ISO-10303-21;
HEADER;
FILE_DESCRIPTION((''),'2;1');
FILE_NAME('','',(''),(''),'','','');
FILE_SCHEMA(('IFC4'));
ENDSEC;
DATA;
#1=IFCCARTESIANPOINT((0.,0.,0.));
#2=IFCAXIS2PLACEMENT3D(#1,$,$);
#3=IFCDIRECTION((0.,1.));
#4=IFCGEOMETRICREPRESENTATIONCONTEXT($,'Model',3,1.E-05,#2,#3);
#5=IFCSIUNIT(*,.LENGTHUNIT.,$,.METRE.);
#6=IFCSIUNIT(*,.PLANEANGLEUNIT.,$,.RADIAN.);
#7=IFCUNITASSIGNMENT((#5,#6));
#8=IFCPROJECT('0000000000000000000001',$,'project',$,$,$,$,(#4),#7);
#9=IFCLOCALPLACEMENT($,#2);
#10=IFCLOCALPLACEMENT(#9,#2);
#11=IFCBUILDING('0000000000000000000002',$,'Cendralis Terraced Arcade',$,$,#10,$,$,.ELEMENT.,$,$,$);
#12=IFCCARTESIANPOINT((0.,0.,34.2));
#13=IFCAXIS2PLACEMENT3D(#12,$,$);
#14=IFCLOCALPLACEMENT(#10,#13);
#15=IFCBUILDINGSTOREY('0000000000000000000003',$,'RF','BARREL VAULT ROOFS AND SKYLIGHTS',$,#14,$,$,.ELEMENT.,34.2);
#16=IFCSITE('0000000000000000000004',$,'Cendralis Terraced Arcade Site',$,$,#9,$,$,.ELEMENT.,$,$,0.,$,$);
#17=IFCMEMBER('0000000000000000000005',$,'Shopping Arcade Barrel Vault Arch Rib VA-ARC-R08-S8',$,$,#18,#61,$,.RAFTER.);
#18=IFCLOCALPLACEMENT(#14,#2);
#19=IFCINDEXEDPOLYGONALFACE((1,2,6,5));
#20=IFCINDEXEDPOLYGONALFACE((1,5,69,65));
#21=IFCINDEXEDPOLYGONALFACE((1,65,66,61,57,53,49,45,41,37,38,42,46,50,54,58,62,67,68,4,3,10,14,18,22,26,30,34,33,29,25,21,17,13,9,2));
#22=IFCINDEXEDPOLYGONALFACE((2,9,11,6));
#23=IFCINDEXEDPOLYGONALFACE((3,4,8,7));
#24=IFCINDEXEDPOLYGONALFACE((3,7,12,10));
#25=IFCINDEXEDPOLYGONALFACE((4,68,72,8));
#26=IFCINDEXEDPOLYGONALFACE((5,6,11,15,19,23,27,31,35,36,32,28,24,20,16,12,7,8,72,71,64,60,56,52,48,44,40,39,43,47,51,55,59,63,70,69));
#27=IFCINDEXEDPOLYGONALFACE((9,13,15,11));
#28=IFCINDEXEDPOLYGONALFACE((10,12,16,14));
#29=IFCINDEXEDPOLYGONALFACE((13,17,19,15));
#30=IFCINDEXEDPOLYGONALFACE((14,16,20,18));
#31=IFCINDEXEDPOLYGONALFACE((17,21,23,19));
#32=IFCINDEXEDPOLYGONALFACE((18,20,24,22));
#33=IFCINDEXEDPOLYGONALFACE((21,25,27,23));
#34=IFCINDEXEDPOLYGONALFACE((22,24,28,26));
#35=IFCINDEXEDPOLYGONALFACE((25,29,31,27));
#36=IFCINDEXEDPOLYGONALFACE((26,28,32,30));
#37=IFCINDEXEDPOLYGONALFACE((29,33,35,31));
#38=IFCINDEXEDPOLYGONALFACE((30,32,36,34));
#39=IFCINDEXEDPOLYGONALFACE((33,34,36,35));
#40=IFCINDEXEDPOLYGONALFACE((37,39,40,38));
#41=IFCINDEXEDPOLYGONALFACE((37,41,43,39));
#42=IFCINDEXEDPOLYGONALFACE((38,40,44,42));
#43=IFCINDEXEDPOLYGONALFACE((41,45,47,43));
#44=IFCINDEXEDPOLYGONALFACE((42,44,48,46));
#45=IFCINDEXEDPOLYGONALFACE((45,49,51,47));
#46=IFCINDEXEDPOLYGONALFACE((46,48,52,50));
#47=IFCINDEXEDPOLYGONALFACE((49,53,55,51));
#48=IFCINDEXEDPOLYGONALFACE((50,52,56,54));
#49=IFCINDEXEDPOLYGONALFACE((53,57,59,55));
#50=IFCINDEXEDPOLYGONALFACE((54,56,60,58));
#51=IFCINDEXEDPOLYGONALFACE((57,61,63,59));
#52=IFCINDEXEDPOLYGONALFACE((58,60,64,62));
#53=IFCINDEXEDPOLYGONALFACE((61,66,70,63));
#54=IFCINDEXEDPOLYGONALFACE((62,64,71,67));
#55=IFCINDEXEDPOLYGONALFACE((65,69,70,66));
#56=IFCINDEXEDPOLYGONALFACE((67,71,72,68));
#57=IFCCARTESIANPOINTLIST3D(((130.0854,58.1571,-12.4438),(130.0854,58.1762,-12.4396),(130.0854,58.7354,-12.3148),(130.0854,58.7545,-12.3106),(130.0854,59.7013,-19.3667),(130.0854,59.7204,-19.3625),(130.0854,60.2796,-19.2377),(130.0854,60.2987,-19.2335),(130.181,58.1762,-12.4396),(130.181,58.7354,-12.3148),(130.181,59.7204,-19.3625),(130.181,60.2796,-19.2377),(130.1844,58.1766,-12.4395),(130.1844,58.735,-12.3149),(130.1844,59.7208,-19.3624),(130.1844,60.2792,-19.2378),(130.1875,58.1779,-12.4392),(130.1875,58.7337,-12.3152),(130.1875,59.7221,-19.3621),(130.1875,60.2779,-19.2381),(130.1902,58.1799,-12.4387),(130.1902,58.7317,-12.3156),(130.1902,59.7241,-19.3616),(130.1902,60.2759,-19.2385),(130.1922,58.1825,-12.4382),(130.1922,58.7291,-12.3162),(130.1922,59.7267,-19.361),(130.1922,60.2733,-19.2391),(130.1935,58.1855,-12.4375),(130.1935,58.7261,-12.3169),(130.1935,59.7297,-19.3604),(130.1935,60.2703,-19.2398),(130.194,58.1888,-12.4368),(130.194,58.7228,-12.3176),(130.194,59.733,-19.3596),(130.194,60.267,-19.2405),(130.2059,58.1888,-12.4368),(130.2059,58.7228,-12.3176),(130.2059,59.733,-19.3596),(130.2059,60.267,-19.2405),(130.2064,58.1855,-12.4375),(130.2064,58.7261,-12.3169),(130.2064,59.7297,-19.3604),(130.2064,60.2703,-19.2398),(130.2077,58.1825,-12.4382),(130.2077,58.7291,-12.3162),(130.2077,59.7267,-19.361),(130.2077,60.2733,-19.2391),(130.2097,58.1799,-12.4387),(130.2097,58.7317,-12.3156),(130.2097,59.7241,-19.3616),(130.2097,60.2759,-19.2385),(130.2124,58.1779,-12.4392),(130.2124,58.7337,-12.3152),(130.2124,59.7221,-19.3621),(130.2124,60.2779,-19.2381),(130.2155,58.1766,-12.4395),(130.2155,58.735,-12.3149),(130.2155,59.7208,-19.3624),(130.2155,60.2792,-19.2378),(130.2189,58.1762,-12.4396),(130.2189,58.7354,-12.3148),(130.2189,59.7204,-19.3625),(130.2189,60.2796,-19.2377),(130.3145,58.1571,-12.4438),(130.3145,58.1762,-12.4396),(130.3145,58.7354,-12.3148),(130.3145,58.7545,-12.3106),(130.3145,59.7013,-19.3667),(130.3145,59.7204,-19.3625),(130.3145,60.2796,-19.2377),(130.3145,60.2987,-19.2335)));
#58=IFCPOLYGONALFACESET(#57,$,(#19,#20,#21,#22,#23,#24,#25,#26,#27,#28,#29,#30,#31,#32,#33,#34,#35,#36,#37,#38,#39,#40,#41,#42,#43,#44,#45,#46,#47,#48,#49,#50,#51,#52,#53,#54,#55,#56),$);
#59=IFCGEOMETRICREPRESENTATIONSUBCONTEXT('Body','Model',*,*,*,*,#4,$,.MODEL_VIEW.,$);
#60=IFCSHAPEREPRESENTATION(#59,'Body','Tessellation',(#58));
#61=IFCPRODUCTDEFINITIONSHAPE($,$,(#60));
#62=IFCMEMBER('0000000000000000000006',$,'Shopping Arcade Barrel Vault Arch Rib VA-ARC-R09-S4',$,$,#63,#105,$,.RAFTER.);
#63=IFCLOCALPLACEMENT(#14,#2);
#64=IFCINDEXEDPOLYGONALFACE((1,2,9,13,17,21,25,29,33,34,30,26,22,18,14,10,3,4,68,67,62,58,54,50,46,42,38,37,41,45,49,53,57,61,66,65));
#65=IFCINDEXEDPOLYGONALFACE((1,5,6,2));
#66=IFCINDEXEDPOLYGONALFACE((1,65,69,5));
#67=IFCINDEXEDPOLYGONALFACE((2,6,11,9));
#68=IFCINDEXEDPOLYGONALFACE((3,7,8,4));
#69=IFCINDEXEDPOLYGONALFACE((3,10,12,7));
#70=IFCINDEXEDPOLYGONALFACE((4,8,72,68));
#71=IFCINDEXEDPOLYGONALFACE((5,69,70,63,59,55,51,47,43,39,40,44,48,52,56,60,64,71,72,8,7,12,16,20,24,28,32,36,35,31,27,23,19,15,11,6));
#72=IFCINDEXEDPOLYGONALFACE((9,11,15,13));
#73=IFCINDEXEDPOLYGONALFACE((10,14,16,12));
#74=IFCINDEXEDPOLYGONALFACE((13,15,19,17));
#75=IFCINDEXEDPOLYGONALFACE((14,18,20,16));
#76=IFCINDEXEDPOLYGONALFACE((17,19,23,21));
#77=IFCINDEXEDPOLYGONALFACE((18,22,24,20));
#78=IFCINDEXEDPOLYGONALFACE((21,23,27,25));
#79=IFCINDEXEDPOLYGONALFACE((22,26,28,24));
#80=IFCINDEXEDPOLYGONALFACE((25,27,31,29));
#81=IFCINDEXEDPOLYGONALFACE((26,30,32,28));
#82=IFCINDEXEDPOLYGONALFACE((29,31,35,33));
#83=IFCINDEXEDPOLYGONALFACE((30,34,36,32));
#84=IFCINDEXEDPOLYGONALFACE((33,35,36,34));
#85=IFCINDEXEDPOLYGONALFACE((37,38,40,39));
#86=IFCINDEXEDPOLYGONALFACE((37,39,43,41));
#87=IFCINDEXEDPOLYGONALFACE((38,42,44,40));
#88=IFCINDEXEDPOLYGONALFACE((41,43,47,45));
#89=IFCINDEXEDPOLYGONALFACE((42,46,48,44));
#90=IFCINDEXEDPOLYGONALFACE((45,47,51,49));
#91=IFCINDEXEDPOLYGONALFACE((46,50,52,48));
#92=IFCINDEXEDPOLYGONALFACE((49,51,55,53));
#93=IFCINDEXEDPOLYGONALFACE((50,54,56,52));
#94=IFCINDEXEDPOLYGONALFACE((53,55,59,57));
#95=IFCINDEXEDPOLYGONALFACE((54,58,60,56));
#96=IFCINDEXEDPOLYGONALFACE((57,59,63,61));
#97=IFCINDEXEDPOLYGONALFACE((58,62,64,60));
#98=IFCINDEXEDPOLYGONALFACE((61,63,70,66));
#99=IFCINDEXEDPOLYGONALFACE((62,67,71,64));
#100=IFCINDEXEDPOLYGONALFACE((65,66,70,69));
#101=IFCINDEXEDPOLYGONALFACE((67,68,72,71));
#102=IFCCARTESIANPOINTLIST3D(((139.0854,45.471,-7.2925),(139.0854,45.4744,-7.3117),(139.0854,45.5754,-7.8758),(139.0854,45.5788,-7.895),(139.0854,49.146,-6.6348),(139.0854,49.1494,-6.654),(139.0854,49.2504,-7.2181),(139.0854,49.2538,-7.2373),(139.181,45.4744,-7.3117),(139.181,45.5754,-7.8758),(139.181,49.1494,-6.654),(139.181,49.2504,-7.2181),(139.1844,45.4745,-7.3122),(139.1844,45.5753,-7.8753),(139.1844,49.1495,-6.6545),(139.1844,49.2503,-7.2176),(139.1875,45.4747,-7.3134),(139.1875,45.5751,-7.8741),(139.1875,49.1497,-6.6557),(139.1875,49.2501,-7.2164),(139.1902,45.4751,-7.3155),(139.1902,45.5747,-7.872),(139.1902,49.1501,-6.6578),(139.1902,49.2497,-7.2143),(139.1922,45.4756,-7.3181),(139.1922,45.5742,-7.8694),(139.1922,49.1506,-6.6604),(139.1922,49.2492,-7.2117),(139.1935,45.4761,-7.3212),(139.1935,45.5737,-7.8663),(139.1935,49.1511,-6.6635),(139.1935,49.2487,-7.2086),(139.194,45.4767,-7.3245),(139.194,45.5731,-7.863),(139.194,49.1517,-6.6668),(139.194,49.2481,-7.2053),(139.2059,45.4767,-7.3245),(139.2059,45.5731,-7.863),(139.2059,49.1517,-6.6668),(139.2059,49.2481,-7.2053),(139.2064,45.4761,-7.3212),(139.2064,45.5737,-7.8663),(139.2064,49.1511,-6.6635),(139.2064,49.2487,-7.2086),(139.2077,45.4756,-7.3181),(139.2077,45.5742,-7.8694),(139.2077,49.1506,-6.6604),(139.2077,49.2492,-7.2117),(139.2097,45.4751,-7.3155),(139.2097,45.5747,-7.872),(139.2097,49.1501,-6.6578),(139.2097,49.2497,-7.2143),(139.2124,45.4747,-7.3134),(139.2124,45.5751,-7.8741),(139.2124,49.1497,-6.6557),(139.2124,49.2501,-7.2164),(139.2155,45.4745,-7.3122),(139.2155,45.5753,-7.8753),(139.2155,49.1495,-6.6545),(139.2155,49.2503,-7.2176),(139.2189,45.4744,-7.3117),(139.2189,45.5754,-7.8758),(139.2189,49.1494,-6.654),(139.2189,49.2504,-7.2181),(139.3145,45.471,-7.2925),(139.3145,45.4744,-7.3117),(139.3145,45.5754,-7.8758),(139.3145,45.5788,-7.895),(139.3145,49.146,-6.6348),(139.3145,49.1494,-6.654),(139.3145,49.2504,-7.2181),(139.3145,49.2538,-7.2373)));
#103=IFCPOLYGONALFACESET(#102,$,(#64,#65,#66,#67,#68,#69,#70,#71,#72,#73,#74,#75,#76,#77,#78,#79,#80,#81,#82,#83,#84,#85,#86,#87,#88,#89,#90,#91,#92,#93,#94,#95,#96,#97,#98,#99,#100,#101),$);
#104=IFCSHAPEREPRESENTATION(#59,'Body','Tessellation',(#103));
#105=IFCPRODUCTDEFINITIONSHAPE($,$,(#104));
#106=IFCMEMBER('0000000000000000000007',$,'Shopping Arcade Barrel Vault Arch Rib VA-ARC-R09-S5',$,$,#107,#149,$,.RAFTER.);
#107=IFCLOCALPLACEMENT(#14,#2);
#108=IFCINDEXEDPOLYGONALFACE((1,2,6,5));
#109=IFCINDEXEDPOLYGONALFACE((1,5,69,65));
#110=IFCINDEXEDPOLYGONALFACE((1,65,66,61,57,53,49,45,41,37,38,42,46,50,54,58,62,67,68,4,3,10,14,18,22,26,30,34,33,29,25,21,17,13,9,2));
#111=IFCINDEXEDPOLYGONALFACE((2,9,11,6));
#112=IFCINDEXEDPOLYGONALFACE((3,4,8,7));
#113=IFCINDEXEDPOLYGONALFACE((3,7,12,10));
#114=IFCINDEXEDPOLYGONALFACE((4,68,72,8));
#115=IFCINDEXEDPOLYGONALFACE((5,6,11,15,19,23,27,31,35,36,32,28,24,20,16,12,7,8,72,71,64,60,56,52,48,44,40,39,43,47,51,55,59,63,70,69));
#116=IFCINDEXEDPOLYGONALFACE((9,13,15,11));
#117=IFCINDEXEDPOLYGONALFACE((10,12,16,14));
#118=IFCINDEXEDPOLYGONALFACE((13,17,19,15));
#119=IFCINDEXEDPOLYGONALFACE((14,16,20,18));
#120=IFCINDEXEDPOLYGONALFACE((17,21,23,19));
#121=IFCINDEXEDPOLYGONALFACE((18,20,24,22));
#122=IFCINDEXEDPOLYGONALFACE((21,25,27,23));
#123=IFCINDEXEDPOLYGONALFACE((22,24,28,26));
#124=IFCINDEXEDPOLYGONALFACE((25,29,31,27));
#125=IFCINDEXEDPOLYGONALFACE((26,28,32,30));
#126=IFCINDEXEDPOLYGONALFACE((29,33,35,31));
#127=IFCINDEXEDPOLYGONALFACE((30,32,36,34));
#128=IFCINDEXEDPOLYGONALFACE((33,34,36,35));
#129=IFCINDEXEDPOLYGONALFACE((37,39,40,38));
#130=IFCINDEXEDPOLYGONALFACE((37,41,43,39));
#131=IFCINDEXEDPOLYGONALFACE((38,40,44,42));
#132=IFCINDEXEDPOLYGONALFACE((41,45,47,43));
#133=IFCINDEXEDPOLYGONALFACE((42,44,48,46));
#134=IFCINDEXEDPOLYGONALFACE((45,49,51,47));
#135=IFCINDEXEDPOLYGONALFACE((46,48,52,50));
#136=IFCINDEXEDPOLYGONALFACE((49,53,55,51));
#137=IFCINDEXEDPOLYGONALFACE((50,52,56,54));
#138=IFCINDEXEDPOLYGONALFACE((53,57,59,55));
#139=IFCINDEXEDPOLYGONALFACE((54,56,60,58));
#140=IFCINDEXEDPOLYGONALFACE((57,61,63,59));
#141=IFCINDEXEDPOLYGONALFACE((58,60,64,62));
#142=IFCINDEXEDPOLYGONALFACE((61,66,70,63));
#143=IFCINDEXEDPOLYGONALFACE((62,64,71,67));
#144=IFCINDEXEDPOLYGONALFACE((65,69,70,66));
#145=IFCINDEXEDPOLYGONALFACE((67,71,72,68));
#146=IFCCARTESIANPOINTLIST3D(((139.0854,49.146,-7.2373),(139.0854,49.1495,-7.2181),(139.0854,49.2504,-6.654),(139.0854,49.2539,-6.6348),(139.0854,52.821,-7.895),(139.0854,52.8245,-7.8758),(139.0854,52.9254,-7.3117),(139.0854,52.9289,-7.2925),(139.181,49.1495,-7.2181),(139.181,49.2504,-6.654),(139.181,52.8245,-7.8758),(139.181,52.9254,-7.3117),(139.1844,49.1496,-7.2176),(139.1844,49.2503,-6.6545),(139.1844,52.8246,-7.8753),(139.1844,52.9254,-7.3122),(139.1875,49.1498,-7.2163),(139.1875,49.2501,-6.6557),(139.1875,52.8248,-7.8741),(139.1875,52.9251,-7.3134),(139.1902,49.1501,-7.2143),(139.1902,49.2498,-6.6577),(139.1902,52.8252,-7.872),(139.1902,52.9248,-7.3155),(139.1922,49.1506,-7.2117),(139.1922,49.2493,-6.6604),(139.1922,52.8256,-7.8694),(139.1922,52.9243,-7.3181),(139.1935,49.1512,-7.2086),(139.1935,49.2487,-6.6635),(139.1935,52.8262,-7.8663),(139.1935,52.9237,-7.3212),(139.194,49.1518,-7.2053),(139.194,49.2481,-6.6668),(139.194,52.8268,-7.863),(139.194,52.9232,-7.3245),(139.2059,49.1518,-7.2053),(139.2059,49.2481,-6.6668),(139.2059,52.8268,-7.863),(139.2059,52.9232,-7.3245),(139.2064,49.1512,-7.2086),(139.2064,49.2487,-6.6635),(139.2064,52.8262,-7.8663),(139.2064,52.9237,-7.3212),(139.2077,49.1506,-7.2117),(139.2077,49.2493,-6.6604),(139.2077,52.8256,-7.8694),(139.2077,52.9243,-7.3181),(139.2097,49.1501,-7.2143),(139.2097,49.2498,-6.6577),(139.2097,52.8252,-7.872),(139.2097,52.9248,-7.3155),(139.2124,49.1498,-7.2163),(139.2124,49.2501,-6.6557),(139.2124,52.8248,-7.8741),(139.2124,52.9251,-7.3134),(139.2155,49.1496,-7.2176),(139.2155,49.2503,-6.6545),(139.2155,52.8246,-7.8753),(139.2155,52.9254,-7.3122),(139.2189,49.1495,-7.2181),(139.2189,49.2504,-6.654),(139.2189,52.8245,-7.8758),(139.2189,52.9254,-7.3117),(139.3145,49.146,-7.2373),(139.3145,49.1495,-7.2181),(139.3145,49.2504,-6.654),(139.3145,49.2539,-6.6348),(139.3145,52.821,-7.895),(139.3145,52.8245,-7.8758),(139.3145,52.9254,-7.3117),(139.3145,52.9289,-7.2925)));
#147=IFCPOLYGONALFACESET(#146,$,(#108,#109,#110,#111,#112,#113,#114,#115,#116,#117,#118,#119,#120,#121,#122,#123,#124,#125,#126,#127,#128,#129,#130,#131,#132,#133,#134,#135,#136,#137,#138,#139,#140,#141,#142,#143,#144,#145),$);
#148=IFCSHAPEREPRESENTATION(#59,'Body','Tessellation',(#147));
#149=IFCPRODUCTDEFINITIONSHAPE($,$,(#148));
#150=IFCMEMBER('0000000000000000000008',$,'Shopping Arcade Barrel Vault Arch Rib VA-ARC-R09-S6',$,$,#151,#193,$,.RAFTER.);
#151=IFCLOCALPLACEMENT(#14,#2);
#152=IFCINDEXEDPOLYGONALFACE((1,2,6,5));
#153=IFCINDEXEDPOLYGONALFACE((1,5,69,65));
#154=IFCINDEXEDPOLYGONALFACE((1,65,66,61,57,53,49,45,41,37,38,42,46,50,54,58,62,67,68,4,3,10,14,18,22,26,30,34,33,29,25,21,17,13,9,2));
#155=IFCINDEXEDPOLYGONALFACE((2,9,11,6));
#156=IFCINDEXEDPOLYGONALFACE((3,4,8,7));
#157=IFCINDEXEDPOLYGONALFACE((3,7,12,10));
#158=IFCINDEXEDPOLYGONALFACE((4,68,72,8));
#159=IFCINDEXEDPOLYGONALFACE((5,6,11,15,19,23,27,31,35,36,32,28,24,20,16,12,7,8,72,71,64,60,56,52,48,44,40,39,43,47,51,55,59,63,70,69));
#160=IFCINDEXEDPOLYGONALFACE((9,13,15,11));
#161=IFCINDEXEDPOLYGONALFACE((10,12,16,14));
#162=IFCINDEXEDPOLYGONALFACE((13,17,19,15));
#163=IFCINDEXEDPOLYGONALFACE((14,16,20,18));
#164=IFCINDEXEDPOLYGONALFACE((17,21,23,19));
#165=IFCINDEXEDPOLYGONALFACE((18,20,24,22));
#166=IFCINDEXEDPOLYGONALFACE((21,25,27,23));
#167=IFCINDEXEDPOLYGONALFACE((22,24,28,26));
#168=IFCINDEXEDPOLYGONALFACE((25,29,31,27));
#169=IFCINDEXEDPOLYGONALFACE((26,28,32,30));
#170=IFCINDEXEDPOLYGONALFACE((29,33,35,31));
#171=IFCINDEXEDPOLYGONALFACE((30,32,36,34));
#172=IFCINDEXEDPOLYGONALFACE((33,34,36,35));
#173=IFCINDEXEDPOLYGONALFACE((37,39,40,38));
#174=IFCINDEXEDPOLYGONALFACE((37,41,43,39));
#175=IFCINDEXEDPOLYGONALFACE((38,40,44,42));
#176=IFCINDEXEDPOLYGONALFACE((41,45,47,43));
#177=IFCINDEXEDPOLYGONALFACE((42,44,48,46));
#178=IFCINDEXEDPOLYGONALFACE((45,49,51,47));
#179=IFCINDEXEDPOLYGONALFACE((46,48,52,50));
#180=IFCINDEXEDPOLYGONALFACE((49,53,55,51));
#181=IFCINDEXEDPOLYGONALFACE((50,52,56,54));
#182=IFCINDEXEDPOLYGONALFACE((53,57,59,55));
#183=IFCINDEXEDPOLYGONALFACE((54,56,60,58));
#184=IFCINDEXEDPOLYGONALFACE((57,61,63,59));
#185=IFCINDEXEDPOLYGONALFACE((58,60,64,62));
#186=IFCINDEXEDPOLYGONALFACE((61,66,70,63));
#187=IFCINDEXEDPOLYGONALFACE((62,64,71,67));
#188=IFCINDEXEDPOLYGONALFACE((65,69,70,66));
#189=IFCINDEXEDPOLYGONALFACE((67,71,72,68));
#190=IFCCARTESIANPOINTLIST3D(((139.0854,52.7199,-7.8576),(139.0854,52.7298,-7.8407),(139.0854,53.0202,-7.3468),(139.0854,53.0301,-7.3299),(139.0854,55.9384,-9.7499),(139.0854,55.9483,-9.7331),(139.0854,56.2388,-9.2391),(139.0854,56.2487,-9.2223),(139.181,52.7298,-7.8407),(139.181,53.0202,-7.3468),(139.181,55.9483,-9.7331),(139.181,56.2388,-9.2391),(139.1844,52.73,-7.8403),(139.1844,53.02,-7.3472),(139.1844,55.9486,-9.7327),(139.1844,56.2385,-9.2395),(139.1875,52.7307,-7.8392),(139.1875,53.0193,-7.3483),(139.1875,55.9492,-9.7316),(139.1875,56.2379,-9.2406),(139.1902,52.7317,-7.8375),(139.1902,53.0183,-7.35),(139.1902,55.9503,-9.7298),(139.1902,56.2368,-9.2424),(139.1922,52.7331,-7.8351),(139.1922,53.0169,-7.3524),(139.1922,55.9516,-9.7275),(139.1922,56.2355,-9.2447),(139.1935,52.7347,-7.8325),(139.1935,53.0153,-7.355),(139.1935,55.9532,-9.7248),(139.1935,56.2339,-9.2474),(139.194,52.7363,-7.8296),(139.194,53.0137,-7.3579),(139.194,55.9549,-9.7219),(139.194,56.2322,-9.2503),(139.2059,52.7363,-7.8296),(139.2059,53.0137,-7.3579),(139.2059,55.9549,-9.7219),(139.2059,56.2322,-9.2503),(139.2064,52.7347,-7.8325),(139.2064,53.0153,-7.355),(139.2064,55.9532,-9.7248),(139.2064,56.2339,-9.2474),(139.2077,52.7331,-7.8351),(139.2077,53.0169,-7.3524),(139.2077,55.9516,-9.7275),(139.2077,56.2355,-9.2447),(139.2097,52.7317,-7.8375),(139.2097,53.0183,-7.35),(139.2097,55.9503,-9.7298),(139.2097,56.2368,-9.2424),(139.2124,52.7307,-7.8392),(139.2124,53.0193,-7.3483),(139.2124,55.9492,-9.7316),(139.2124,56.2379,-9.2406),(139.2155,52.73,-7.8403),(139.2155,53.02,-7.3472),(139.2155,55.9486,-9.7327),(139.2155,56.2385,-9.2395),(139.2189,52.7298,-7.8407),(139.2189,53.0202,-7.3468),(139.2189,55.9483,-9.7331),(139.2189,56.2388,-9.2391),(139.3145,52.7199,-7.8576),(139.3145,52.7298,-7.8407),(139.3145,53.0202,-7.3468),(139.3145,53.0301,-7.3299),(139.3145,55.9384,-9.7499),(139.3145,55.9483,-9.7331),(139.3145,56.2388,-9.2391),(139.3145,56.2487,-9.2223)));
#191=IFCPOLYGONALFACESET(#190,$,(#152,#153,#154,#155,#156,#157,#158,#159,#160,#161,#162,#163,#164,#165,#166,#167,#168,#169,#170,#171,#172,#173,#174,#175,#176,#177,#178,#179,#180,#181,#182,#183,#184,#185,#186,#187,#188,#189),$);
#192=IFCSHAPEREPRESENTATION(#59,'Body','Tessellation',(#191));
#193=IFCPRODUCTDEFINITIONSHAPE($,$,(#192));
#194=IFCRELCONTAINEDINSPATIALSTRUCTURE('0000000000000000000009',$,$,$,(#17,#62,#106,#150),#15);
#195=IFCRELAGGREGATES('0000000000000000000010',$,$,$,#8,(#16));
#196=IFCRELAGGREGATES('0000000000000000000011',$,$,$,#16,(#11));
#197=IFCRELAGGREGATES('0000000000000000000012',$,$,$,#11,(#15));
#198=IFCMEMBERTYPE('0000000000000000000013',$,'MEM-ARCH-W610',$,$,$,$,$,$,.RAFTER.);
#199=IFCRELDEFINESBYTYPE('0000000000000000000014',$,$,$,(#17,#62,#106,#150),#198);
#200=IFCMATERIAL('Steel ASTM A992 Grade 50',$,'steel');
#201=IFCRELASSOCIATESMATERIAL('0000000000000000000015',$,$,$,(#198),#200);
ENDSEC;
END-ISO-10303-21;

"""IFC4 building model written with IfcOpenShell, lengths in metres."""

from ifc_helpers import new_model, si_unit, direction, frame, origin, origin_2d, place, context, subcontext, project, spatial, i_section, extrude, material, material_profile, profile_set, type_object, element, save


model = new_model("IFC4")

# Units and contexts
model_context = context("Model", 3, precision=1e-05, world=origin(), true_north=direction((0.0, 1.0)))
body_context = subcontext(model_context, "Body", "Model", "MODEL_VIEW")
ifc_project = project(units=[si_unit("LENGTHUNIT", "METRE"), si_unit("PLANEANGLEUNIT", "RADIAN")], contexts=[model_context])

# Site, building, storey
site_placement = place(None, origin())
site = spatial("IfcSite", under=ifc_project, at=site_placement, Name="Cendralis Terraced Arcade Site", CompositionType="ELEMENT", RefElevation=0.0)
building_placement = place(site_placement, origin())
building = spatial("IfcBuilding", under=site, at=building_placement, Name="Cendralis Terraced Arcade", CompositionType="ELEMENT")
storey_placement = place(building_placement, frame((0.0, 0.0, 34.2)))
storey = spatial("IfcBuildingStorey", under=building, at=storey_placement, Name="RF", Description="BARREL VAULT ROOFS AND SKYLIGHTS", CompositionType="ELEMENT", Elevation=34.2)

# Members
ifc_material_1 = material(Name="Steel ASTM A992 Grade 50", Category="steel")
ifc_material_profile_1 = material_profile(ifc_material_1, i_section(OverallWidth=0.229, OverallDepth=0.6121, WebThickness=0.012, FlangeThickness=0.0195, FilletRadius=0.0129, at=origin_2d()), Name="W610X125", Category="LoadBearing")
ifc_profile_set_1 = profile_set([ifc_material_profile_1], Name="Steel ASTM A992 Grade 50")
member_type_1 = type_object("IfcMemberType", Name="MEM-ARCH-W610", PredefinedType="RAFTER", material=ifc_profile_set_1)
member_1_placement = place(storey_placement, frame((130.2, 58.4558, -12.3772), z_axis=(0.0, 0.217707, -0.976014), x_axis=(-1.0, 0.0, 0.0)))
element("IfcMember", 1, at=member_1_placement, inside=storey, type_object=member_type_1, Name="Shopping Arcade Barrel Vault Arch Rib VA-ARC-R08-S8", PredefinedType="RAFTER", context=body_context, shape_type="SweptSolid", body=[
    extrude(i_section(OverallWidth=0.229, OverallDepth=0.6121, WebThickness=0.012, FlangeThickness=0.0195, FilletRadius=0.0129, at=origin_2d()), origin(), (0.0, 0.0, 1.0), 7.093),
])
for number, where, z_axis, x_axis, name in (
    (2, (139.2, 45.5249, -7.5938), (0.0, 0.98436, 0.176169), (-1.0, 0.0, 0.0), "Shopping Arcade Barrel Vault Arch Rib VA-ARC-R09-S4"),
    (3, (139.2, 49.2, -6.936), (0.0, 0.98436, -0.176169), (-1.0, 0.0, 0.0), "Shopping Arcade Barrel Vault Arch Rib VA-ARC-R09-S5"),
):
    element("IfcMember", number, at=place(storey_placement, frame(where, z_axis=z_axis, x_axis=x_axis)), inside=storey, type_object=member_type_1, Name=name, PredefinedType="RAFTER", context=body_context, shape_type="SweptSolid", body=[
        extrude(i_section(OverallWidth=0.229, OverallDepth=0.6121, WebThickness=0.012, FlangeThickness=0.0195, FilletRadius=0.0129, at=origin_2d()), origin(), (0.0, 0.0, 1.0), 3.7334),
    ])
member_2_placement = place(storey_placement, frame((139.2, 52.875, -7.5938), z_axis=(0.0, 0.86204, -0.50684), x_axis=(-1.0, 0.0, 0.0)))
element("IfcMember", 4, at=member_2_placement, inside=storey, type_object=member_type_1, Name="Shopping Arcade Barrel Vault Arch Rib VA-ARC-R09-S6", PredefinedType="RAFTER", context=body_context, shape_type="SweptSolid", body=[
    extrude(i_section(OverallWidth=0.229, OverallDepth=0.6121, WebThickness=0.012, FlangeThickness=0.0195, FilletRadius=0.0129, at=origin_2d()), origin(), (0.0, 0.0, 1.0), 3.7336),
])

save(model, "model.ifc")
